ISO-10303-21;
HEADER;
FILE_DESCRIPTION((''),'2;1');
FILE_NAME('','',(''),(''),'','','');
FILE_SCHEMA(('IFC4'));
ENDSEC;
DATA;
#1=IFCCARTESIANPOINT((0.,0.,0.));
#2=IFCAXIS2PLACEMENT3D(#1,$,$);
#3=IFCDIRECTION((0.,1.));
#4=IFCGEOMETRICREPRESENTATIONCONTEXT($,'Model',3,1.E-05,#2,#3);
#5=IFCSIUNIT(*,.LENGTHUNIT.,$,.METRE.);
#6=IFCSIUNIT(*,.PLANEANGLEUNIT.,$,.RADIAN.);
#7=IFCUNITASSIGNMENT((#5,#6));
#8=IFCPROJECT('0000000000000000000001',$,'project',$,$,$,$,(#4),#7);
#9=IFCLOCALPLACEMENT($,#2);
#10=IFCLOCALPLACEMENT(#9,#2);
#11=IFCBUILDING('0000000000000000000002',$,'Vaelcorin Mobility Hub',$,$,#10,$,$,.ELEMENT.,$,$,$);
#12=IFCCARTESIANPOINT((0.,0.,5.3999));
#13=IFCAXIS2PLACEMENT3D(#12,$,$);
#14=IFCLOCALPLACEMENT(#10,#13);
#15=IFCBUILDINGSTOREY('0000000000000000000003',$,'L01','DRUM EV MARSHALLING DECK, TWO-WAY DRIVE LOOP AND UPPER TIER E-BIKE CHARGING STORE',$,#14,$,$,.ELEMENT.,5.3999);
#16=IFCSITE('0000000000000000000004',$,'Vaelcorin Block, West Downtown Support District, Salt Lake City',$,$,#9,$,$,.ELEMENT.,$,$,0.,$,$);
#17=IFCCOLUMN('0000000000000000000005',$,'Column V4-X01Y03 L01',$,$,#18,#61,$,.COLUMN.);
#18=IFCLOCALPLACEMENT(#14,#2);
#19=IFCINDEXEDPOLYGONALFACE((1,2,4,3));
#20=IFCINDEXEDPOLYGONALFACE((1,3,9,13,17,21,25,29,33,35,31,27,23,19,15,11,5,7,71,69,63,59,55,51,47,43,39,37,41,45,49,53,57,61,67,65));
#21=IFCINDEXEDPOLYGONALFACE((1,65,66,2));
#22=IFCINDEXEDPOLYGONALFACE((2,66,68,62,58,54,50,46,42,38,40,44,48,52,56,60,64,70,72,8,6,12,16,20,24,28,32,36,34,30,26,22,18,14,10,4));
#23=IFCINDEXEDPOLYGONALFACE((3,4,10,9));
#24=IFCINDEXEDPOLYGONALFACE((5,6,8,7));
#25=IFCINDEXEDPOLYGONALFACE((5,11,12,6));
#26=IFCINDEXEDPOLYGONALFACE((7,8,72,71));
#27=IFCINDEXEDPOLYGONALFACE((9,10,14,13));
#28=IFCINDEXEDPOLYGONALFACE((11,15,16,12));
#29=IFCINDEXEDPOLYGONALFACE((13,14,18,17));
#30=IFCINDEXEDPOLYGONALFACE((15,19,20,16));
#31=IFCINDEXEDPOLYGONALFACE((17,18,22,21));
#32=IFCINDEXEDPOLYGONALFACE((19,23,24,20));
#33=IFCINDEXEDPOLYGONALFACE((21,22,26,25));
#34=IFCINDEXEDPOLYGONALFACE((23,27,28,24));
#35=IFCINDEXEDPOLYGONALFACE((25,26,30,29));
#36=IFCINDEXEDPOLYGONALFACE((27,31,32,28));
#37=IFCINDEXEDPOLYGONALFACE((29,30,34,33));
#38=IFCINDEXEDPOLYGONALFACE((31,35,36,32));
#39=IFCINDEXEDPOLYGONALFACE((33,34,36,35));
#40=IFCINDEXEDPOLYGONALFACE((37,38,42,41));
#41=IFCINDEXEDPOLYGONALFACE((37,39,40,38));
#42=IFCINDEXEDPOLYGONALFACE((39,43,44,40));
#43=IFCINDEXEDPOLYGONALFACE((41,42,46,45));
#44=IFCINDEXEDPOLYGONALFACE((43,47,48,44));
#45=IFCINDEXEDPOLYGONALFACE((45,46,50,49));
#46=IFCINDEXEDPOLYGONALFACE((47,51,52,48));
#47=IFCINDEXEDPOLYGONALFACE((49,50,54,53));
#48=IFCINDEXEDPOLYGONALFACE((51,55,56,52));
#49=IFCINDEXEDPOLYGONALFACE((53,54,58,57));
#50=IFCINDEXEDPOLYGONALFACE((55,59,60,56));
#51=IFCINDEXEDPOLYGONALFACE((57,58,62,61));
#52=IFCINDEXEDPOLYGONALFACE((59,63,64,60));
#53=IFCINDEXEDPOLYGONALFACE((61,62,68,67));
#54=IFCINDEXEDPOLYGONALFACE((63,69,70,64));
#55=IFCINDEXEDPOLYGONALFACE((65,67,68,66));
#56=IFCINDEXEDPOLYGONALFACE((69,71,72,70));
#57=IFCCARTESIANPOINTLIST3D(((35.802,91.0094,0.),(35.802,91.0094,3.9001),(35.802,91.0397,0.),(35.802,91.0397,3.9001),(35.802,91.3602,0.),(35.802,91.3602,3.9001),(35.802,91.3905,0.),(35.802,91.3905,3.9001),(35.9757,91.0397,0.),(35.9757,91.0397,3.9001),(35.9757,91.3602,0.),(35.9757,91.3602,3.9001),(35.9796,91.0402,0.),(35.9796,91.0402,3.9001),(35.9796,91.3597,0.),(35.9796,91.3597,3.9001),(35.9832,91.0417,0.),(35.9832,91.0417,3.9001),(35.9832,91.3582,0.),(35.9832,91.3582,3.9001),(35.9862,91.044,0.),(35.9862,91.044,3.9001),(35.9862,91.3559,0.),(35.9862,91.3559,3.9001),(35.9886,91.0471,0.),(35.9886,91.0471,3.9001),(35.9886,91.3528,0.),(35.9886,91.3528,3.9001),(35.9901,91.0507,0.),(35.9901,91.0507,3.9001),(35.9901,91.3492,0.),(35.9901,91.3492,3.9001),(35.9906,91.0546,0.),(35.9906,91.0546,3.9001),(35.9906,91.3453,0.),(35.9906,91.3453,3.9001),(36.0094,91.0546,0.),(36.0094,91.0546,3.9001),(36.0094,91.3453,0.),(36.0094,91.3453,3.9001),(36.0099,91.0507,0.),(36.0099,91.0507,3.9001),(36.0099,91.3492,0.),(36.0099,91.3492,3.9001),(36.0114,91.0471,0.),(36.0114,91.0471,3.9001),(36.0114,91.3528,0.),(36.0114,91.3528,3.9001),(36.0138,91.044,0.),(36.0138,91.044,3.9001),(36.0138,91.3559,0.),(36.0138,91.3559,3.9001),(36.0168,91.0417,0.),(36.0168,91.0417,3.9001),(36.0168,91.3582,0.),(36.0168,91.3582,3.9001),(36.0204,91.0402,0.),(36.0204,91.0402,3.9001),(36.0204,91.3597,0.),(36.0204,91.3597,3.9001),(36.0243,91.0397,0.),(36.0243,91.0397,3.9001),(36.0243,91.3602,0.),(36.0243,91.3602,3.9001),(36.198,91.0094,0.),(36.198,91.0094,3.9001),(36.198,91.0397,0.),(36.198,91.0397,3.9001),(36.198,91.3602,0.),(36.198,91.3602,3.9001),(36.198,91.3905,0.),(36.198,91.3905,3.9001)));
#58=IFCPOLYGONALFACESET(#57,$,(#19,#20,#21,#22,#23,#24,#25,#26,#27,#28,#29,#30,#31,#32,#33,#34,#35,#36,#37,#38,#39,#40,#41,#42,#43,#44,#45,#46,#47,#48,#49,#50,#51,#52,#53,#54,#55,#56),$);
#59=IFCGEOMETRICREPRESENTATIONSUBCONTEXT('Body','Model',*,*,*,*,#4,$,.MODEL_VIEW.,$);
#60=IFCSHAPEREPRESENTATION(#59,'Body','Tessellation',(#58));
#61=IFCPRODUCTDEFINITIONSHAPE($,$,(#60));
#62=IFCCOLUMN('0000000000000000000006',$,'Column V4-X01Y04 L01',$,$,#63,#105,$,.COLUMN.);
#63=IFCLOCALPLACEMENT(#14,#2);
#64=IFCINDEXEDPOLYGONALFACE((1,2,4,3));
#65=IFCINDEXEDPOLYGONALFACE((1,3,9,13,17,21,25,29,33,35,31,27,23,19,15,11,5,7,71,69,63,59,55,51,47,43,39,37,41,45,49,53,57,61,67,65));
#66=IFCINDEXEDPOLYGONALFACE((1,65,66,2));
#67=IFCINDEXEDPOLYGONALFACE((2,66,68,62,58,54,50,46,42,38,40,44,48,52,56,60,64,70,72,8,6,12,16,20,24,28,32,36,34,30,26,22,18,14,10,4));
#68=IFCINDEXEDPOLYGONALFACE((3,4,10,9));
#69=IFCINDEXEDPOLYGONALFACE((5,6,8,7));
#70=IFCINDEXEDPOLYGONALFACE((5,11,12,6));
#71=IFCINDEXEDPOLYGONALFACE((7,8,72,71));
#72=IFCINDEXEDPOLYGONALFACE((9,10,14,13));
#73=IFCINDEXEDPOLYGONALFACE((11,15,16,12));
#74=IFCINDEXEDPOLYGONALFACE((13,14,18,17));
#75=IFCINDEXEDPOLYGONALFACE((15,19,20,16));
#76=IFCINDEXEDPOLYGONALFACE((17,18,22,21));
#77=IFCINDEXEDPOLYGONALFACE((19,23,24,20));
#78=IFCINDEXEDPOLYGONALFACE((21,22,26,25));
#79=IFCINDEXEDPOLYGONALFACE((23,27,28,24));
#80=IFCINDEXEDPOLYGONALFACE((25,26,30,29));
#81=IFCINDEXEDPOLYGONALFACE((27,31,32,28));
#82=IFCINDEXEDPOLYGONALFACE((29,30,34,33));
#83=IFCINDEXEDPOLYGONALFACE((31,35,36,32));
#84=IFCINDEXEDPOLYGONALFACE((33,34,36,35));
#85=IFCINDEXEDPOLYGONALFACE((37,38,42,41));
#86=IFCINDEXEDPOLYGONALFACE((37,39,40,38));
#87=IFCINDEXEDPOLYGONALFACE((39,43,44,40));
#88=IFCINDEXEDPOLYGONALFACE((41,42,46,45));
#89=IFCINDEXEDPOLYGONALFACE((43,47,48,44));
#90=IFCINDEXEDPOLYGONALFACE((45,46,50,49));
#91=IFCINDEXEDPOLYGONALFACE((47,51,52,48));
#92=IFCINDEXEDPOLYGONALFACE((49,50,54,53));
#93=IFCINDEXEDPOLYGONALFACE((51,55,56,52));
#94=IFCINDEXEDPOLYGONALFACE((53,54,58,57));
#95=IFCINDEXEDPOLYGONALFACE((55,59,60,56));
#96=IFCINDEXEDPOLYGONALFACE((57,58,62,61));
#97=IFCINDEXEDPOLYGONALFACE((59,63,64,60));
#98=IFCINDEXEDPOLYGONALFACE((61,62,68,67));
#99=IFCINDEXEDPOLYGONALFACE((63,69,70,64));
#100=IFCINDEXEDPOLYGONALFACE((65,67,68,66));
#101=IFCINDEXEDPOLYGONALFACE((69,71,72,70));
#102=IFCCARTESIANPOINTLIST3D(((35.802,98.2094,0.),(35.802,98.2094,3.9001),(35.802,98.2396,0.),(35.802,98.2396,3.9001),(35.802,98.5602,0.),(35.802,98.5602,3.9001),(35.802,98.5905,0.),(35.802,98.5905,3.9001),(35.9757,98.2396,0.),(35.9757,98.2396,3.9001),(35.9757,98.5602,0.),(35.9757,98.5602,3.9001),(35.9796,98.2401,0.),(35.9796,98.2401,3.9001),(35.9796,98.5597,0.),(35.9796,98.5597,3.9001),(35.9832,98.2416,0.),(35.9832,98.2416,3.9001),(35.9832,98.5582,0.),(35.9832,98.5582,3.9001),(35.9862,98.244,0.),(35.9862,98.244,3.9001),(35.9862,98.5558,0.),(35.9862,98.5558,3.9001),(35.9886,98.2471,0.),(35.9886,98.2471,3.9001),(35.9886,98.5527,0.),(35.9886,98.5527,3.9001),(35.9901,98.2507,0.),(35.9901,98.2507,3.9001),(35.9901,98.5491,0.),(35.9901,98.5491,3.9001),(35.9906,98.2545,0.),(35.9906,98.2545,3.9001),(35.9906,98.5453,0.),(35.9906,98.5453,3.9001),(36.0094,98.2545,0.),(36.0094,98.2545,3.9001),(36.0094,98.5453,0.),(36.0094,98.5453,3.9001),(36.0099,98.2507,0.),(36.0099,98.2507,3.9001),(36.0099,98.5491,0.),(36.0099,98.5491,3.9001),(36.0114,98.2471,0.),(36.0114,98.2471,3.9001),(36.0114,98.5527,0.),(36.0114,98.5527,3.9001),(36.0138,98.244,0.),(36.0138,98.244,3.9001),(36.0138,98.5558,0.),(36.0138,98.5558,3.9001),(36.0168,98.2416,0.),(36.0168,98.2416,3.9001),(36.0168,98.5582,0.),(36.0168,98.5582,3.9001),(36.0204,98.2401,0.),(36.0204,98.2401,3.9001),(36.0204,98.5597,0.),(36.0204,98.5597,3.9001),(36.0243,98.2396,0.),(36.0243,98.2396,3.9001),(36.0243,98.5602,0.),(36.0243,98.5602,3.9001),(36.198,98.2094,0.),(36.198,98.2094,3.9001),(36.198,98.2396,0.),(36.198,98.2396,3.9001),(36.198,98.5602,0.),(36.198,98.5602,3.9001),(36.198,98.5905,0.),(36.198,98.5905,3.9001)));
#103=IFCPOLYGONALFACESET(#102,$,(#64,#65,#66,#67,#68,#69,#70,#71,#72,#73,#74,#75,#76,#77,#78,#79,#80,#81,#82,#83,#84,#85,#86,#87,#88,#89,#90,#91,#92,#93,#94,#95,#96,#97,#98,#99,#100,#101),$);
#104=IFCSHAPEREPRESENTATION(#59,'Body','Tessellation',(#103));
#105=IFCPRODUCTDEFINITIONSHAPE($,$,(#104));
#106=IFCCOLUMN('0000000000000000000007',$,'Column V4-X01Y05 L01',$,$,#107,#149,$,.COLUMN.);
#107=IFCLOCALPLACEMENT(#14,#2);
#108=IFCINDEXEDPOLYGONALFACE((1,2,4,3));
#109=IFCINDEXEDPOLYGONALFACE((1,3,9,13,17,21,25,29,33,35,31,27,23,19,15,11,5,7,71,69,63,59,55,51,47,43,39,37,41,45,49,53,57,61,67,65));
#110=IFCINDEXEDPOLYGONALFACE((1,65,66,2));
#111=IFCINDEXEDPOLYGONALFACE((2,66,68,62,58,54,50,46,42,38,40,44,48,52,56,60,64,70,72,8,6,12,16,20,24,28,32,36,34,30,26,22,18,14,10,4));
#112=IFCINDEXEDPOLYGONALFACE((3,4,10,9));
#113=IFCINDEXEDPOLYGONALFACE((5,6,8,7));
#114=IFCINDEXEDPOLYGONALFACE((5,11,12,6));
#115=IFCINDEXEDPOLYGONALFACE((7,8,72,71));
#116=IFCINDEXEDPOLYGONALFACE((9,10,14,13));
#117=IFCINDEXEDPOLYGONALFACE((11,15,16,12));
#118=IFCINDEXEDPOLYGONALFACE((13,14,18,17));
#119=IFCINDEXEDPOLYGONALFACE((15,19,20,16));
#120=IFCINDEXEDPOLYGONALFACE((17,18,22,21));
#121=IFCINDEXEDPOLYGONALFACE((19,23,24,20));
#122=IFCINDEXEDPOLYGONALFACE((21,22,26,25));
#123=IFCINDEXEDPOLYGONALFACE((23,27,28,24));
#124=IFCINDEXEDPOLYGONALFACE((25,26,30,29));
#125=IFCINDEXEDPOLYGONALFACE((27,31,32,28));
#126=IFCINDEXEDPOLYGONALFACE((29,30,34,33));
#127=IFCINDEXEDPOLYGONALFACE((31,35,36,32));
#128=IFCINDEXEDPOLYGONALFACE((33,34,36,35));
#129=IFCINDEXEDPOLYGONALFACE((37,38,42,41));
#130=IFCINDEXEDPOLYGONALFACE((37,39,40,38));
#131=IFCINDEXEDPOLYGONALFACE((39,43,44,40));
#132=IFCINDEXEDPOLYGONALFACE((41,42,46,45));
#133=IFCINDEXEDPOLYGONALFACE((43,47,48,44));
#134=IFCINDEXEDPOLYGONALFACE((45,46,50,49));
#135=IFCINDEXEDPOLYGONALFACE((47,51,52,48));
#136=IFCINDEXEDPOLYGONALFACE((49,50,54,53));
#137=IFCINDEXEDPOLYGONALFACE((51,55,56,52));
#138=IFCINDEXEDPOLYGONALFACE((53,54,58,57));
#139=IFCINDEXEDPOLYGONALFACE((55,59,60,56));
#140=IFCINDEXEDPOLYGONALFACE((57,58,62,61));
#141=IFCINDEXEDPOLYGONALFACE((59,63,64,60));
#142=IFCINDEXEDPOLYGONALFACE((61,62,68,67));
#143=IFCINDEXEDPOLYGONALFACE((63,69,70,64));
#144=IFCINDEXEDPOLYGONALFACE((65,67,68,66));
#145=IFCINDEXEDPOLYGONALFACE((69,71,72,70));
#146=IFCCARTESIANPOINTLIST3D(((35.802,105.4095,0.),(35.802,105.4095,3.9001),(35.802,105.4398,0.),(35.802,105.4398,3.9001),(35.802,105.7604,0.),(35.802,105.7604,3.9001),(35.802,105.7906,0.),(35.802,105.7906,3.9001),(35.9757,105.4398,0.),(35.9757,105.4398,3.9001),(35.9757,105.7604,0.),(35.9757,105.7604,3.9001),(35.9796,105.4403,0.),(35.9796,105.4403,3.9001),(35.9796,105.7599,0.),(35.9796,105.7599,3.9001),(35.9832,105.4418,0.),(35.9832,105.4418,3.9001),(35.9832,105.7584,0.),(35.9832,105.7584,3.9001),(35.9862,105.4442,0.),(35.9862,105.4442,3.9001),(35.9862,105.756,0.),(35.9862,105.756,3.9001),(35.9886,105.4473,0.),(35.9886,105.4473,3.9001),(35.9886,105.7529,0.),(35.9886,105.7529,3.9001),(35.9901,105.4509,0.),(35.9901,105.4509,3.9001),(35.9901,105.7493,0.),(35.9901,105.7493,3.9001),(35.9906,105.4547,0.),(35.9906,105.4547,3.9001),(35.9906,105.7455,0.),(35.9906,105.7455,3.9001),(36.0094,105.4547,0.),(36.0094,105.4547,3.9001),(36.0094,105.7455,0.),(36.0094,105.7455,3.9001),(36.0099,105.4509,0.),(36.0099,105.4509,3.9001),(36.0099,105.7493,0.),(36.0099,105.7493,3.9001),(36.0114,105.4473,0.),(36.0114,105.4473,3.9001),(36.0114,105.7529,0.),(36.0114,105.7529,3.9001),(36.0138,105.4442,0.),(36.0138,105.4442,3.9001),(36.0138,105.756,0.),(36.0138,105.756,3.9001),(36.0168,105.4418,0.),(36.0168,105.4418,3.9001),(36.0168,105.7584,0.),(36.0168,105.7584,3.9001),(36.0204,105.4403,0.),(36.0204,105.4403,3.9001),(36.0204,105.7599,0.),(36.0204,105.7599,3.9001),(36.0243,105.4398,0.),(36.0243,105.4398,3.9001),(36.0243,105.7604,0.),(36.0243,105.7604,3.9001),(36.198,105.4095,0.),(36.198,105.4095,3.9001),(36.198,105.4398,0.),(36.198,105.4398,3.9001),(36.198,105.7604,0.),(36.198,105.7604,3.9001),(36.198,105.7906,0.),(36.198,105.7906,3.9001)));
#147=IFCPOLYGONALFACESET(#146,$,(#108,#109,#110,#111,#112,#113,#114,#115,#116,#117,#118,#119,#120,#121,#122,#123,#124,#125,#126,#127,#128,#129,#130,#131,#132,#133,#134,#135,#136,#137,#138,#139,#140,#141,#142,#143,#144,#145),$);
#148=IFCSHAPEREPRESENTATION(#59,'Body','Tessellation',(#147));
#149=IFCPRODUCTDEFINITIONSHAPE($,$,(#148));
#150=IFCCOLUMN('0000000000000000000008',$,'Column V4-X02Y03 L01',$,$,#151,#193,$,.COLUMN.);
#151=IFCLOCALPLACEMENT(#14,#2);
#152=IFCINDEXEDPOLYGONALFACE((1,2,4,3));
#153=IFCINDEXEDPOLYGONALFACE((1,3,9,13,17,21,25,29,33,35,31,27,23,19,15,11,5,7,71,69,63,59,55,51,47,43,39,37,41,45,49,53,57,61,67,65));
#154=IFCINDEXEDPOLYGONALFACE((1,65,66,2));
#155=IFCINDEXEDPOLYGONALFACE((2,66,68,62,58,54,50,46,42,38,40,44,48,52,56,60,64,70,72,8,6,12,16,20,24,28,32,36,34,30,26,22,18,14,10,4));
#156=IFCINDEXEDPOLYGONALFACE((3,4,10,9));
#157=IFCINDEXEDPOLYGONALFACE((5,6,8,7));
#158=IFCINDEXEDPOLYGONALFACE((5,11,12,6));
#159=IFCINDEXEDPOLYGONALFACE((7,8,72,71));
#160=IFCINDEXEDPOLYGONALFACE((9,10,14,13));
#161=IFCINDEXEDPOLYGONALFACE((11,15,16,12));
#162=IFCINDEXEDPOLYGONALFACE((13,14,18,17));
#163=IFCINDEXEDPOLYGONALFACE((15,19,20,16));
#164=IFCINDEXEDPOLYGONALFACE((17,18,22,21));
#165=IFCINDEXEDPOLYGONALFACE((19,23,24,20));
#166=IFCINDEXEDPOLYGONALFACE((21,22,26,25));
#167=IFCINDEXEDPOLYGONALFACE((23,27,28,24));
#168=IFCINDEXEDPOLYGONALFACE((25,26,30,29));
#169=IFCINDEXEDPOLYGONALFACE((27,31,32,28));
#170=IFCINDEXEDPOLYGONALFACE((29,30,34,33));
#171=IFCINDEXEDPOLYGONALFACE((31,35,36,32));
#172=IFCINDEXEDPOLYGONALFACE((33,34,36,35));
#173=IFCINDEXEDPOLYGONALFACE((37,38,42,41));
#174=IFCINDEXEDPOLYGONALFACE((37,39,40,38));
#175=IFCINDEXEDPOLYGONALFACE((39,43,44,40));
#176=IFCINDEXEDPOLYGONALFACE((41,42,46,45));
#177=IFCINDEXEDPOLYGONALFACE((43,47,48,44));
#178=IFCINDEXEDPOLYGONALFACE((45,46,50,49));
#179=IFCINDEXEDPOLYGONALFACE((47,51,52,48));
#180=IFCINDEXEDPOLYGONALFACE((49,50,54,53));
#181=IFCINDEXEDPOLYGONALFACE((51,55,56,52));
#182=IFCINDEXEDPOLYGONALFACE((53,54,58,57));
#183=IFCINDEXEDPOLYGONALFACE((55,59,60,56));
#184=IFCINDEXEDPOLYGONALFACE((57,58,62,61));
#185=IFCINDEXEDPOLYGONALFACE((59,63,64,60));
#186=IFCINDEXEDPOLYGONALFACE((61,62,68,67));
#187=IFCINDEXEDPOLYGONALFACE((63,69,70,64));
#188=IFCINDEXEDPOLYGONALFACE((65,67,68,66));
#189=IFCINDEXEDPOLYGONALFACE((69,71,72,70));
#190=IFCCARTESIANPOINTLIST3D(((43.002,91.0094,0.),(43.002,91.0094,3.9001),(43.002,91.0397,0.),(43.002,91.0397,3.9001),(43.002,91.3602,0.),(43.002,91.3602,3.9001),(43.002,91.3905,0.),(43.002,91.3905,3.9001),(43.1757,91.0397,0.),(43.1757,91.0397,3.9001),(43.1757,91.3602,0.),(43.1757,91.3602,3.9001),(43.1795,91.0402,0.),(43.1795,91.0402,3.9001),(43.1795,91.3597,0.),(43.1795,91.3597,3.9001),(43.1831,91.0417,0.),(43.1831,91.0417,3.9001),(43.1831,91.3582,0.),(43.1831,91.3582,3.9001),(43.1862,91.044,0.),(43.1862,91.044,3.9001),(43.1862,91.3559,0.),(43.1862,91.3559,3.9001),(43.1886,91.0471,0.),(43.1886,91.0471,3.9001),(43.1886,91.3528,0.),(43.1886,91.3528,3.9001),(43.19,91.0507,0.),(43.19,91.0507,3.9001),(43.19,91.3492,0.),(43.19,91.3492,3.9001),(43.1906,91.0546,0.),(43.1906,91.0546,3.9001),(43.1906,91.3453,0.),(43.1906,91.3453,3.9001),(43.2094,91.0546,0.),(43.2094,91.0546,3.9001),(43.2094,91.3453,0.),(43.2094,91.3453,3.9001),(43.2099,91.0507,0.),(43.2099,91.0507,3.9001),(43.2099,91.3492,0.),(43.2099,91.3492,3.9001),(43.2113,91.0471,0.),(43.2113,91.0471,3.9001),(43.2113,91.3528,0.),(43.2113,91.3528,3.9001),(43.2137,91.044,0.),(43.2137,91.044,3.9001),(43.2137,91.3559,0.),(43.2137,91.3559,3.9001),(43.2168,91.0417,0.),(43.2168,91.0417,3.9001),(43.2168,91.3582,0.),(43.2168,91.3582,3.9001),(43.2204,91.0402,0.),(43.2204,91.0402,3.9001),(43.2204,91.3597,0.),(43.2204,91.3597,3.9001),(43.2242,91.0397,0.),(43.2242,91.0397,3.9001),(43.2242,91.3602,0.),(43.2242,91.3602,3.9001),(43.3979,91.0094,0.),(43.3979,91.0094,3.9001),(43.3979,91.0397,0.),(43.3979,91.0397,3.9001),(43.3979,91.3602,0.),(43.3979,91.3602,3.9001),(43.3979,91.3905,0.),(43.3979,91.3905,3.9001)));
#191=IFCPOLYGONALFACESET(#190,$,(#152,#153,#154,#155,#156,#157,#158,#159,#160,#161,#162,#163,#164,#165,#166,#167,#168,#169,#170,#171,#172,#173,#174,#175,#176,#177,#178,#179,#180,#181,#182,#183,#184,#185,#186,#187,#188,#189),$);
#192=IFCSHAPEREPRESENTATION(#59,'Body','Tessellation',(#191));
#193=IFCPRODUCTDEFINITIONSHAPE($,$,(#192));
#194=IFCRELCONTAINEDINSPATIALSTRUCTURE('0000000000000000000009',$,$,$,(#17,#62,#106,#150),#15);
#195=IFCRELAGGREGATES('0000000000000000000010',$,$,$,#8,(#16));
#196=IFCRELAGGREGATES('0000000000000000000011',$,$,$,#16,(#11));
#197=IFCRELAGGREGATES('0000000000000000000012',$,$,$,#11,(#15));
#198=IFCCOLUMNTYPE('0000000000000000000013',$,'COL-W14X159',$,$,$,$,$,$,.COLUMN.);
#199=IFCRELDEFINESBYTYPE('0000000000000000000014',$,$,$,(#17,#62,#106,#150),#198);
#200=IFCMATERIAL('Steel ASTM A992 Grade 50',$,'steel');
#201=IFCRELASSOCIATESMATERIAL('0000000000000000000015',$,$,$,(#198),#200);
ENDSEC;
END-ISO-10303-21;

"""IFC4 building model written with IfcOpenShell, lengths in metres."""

from ifc_helpers import new_model, si_unit, direction, frame, origin, origin_2d, place, context, subcontext, project, spatial, i_section, extrude, material, material_profile, profile_set, type_object, element, save


model = new_model("IFC4")

# Units and contexts
model_context = context("Model", 3, precision=1e-05, world=origin(), true_north=direction((0.0, 1.0)))
body_context = subcontext(model_context, "Body", "Model", "MODEL_VIEW")
ifc_project = project(units=[si_unit("LENGTHUNIT", "METRE"), si_unit("PLANEANGLEUNIT", "RADIAN")], contexts=[model_context])

# Site, building, storey
site_placement = place(None, origin())
site = spatial("IfcSite", under=ifc_project, at=site_placement, Name="Vaelcorin Block, West Downtown Support District, Salt Lake City", CompositionType="ELEMENT", RefElevation=0.0)
building_placement = place(site_placement, origin())
building = spatial("IfcBuilding", under=site, at=building_placement, Name="Vaelcorin Mobility Hub", CompositionType="ELEMENT")
storey_placement = place(building_placement, frame((0.0, 0.0, 5.3999)))
storey = spatial("IfcBuildingStorey", under=building, at=storey_placement, Name="L01", Description="DRUM EV MARSHALLING DECK, TWO-WAY DRIVE LOOP AND UPPER TIER E-BIKE CHARGING STORE", CompositionType="ELEMENT", Elevation=5.3999)

# Columns
ifc_material_1 = material(Name="Steel ASTM A992 Grade 50", Category="steel")
ifc_material_profile_1 = material_profile(ifc_material_1, i_section(OverallWidth=0.396, OverallDepth=0.3811, WebThickness=0.0188, FlangeThickness=0.0303, FilletRadius=0.0149, at=origin_2d()), Name="W14X159")
ifc_profile_set_1 = profile_set([ifc_material_profile_1], Name="Steel ASTM A992 Grade 50")
column_type = type_object("IfcColumnType", Name="COL-W14X159", PredefinedType="COLUMN", material=ifc_profile_set_1)
for number, where, z_axis, x_axis, name in (
    (1, (36.0, 91.2, 0.0), (0.0, 0.0, 1.0), (1.0, 0.0, 0.0), "Column V4-X01Y03 L01"),
    (2, (36.0, 98.3999, 0.0), (0.0, 0.0, 1.0), (1.0, 0.0, 0.0), "Column V4-X01Y04 L01"),
    (3, (36.0, 105.6001, 0.0), (0.0, 0.0, 1.0), (1.0, 0.0, 0.0), "Column V4-X01Y05 L01"),
    (4, (43.2, 91.2, 0.0), (0.0, 0.0, 1.0), (1.0, 0.0, 0.0), "Column V4-X02Y03 L01"),
):
    element("IfcColumn", number, at=place(storey_placement, frame(where, z_axis=z_axis, x_axis=x_axis)), inside=storey, type_object=column_type, Name=name, PredefinedType="COLUMN", context=body_context, shape_type="SweptSolid", body=[
        extrude(i_section(OverallWidth=0.396, OverallDepth=0.3811, WebThickness=0.0188, FlangeThickness=0.0303, FilletRadius=0.0149, at=origin_2d()), origin(), (0.0, 0.0, 1.0), 3.9001),
    ])

save(model, "model.ifc")
